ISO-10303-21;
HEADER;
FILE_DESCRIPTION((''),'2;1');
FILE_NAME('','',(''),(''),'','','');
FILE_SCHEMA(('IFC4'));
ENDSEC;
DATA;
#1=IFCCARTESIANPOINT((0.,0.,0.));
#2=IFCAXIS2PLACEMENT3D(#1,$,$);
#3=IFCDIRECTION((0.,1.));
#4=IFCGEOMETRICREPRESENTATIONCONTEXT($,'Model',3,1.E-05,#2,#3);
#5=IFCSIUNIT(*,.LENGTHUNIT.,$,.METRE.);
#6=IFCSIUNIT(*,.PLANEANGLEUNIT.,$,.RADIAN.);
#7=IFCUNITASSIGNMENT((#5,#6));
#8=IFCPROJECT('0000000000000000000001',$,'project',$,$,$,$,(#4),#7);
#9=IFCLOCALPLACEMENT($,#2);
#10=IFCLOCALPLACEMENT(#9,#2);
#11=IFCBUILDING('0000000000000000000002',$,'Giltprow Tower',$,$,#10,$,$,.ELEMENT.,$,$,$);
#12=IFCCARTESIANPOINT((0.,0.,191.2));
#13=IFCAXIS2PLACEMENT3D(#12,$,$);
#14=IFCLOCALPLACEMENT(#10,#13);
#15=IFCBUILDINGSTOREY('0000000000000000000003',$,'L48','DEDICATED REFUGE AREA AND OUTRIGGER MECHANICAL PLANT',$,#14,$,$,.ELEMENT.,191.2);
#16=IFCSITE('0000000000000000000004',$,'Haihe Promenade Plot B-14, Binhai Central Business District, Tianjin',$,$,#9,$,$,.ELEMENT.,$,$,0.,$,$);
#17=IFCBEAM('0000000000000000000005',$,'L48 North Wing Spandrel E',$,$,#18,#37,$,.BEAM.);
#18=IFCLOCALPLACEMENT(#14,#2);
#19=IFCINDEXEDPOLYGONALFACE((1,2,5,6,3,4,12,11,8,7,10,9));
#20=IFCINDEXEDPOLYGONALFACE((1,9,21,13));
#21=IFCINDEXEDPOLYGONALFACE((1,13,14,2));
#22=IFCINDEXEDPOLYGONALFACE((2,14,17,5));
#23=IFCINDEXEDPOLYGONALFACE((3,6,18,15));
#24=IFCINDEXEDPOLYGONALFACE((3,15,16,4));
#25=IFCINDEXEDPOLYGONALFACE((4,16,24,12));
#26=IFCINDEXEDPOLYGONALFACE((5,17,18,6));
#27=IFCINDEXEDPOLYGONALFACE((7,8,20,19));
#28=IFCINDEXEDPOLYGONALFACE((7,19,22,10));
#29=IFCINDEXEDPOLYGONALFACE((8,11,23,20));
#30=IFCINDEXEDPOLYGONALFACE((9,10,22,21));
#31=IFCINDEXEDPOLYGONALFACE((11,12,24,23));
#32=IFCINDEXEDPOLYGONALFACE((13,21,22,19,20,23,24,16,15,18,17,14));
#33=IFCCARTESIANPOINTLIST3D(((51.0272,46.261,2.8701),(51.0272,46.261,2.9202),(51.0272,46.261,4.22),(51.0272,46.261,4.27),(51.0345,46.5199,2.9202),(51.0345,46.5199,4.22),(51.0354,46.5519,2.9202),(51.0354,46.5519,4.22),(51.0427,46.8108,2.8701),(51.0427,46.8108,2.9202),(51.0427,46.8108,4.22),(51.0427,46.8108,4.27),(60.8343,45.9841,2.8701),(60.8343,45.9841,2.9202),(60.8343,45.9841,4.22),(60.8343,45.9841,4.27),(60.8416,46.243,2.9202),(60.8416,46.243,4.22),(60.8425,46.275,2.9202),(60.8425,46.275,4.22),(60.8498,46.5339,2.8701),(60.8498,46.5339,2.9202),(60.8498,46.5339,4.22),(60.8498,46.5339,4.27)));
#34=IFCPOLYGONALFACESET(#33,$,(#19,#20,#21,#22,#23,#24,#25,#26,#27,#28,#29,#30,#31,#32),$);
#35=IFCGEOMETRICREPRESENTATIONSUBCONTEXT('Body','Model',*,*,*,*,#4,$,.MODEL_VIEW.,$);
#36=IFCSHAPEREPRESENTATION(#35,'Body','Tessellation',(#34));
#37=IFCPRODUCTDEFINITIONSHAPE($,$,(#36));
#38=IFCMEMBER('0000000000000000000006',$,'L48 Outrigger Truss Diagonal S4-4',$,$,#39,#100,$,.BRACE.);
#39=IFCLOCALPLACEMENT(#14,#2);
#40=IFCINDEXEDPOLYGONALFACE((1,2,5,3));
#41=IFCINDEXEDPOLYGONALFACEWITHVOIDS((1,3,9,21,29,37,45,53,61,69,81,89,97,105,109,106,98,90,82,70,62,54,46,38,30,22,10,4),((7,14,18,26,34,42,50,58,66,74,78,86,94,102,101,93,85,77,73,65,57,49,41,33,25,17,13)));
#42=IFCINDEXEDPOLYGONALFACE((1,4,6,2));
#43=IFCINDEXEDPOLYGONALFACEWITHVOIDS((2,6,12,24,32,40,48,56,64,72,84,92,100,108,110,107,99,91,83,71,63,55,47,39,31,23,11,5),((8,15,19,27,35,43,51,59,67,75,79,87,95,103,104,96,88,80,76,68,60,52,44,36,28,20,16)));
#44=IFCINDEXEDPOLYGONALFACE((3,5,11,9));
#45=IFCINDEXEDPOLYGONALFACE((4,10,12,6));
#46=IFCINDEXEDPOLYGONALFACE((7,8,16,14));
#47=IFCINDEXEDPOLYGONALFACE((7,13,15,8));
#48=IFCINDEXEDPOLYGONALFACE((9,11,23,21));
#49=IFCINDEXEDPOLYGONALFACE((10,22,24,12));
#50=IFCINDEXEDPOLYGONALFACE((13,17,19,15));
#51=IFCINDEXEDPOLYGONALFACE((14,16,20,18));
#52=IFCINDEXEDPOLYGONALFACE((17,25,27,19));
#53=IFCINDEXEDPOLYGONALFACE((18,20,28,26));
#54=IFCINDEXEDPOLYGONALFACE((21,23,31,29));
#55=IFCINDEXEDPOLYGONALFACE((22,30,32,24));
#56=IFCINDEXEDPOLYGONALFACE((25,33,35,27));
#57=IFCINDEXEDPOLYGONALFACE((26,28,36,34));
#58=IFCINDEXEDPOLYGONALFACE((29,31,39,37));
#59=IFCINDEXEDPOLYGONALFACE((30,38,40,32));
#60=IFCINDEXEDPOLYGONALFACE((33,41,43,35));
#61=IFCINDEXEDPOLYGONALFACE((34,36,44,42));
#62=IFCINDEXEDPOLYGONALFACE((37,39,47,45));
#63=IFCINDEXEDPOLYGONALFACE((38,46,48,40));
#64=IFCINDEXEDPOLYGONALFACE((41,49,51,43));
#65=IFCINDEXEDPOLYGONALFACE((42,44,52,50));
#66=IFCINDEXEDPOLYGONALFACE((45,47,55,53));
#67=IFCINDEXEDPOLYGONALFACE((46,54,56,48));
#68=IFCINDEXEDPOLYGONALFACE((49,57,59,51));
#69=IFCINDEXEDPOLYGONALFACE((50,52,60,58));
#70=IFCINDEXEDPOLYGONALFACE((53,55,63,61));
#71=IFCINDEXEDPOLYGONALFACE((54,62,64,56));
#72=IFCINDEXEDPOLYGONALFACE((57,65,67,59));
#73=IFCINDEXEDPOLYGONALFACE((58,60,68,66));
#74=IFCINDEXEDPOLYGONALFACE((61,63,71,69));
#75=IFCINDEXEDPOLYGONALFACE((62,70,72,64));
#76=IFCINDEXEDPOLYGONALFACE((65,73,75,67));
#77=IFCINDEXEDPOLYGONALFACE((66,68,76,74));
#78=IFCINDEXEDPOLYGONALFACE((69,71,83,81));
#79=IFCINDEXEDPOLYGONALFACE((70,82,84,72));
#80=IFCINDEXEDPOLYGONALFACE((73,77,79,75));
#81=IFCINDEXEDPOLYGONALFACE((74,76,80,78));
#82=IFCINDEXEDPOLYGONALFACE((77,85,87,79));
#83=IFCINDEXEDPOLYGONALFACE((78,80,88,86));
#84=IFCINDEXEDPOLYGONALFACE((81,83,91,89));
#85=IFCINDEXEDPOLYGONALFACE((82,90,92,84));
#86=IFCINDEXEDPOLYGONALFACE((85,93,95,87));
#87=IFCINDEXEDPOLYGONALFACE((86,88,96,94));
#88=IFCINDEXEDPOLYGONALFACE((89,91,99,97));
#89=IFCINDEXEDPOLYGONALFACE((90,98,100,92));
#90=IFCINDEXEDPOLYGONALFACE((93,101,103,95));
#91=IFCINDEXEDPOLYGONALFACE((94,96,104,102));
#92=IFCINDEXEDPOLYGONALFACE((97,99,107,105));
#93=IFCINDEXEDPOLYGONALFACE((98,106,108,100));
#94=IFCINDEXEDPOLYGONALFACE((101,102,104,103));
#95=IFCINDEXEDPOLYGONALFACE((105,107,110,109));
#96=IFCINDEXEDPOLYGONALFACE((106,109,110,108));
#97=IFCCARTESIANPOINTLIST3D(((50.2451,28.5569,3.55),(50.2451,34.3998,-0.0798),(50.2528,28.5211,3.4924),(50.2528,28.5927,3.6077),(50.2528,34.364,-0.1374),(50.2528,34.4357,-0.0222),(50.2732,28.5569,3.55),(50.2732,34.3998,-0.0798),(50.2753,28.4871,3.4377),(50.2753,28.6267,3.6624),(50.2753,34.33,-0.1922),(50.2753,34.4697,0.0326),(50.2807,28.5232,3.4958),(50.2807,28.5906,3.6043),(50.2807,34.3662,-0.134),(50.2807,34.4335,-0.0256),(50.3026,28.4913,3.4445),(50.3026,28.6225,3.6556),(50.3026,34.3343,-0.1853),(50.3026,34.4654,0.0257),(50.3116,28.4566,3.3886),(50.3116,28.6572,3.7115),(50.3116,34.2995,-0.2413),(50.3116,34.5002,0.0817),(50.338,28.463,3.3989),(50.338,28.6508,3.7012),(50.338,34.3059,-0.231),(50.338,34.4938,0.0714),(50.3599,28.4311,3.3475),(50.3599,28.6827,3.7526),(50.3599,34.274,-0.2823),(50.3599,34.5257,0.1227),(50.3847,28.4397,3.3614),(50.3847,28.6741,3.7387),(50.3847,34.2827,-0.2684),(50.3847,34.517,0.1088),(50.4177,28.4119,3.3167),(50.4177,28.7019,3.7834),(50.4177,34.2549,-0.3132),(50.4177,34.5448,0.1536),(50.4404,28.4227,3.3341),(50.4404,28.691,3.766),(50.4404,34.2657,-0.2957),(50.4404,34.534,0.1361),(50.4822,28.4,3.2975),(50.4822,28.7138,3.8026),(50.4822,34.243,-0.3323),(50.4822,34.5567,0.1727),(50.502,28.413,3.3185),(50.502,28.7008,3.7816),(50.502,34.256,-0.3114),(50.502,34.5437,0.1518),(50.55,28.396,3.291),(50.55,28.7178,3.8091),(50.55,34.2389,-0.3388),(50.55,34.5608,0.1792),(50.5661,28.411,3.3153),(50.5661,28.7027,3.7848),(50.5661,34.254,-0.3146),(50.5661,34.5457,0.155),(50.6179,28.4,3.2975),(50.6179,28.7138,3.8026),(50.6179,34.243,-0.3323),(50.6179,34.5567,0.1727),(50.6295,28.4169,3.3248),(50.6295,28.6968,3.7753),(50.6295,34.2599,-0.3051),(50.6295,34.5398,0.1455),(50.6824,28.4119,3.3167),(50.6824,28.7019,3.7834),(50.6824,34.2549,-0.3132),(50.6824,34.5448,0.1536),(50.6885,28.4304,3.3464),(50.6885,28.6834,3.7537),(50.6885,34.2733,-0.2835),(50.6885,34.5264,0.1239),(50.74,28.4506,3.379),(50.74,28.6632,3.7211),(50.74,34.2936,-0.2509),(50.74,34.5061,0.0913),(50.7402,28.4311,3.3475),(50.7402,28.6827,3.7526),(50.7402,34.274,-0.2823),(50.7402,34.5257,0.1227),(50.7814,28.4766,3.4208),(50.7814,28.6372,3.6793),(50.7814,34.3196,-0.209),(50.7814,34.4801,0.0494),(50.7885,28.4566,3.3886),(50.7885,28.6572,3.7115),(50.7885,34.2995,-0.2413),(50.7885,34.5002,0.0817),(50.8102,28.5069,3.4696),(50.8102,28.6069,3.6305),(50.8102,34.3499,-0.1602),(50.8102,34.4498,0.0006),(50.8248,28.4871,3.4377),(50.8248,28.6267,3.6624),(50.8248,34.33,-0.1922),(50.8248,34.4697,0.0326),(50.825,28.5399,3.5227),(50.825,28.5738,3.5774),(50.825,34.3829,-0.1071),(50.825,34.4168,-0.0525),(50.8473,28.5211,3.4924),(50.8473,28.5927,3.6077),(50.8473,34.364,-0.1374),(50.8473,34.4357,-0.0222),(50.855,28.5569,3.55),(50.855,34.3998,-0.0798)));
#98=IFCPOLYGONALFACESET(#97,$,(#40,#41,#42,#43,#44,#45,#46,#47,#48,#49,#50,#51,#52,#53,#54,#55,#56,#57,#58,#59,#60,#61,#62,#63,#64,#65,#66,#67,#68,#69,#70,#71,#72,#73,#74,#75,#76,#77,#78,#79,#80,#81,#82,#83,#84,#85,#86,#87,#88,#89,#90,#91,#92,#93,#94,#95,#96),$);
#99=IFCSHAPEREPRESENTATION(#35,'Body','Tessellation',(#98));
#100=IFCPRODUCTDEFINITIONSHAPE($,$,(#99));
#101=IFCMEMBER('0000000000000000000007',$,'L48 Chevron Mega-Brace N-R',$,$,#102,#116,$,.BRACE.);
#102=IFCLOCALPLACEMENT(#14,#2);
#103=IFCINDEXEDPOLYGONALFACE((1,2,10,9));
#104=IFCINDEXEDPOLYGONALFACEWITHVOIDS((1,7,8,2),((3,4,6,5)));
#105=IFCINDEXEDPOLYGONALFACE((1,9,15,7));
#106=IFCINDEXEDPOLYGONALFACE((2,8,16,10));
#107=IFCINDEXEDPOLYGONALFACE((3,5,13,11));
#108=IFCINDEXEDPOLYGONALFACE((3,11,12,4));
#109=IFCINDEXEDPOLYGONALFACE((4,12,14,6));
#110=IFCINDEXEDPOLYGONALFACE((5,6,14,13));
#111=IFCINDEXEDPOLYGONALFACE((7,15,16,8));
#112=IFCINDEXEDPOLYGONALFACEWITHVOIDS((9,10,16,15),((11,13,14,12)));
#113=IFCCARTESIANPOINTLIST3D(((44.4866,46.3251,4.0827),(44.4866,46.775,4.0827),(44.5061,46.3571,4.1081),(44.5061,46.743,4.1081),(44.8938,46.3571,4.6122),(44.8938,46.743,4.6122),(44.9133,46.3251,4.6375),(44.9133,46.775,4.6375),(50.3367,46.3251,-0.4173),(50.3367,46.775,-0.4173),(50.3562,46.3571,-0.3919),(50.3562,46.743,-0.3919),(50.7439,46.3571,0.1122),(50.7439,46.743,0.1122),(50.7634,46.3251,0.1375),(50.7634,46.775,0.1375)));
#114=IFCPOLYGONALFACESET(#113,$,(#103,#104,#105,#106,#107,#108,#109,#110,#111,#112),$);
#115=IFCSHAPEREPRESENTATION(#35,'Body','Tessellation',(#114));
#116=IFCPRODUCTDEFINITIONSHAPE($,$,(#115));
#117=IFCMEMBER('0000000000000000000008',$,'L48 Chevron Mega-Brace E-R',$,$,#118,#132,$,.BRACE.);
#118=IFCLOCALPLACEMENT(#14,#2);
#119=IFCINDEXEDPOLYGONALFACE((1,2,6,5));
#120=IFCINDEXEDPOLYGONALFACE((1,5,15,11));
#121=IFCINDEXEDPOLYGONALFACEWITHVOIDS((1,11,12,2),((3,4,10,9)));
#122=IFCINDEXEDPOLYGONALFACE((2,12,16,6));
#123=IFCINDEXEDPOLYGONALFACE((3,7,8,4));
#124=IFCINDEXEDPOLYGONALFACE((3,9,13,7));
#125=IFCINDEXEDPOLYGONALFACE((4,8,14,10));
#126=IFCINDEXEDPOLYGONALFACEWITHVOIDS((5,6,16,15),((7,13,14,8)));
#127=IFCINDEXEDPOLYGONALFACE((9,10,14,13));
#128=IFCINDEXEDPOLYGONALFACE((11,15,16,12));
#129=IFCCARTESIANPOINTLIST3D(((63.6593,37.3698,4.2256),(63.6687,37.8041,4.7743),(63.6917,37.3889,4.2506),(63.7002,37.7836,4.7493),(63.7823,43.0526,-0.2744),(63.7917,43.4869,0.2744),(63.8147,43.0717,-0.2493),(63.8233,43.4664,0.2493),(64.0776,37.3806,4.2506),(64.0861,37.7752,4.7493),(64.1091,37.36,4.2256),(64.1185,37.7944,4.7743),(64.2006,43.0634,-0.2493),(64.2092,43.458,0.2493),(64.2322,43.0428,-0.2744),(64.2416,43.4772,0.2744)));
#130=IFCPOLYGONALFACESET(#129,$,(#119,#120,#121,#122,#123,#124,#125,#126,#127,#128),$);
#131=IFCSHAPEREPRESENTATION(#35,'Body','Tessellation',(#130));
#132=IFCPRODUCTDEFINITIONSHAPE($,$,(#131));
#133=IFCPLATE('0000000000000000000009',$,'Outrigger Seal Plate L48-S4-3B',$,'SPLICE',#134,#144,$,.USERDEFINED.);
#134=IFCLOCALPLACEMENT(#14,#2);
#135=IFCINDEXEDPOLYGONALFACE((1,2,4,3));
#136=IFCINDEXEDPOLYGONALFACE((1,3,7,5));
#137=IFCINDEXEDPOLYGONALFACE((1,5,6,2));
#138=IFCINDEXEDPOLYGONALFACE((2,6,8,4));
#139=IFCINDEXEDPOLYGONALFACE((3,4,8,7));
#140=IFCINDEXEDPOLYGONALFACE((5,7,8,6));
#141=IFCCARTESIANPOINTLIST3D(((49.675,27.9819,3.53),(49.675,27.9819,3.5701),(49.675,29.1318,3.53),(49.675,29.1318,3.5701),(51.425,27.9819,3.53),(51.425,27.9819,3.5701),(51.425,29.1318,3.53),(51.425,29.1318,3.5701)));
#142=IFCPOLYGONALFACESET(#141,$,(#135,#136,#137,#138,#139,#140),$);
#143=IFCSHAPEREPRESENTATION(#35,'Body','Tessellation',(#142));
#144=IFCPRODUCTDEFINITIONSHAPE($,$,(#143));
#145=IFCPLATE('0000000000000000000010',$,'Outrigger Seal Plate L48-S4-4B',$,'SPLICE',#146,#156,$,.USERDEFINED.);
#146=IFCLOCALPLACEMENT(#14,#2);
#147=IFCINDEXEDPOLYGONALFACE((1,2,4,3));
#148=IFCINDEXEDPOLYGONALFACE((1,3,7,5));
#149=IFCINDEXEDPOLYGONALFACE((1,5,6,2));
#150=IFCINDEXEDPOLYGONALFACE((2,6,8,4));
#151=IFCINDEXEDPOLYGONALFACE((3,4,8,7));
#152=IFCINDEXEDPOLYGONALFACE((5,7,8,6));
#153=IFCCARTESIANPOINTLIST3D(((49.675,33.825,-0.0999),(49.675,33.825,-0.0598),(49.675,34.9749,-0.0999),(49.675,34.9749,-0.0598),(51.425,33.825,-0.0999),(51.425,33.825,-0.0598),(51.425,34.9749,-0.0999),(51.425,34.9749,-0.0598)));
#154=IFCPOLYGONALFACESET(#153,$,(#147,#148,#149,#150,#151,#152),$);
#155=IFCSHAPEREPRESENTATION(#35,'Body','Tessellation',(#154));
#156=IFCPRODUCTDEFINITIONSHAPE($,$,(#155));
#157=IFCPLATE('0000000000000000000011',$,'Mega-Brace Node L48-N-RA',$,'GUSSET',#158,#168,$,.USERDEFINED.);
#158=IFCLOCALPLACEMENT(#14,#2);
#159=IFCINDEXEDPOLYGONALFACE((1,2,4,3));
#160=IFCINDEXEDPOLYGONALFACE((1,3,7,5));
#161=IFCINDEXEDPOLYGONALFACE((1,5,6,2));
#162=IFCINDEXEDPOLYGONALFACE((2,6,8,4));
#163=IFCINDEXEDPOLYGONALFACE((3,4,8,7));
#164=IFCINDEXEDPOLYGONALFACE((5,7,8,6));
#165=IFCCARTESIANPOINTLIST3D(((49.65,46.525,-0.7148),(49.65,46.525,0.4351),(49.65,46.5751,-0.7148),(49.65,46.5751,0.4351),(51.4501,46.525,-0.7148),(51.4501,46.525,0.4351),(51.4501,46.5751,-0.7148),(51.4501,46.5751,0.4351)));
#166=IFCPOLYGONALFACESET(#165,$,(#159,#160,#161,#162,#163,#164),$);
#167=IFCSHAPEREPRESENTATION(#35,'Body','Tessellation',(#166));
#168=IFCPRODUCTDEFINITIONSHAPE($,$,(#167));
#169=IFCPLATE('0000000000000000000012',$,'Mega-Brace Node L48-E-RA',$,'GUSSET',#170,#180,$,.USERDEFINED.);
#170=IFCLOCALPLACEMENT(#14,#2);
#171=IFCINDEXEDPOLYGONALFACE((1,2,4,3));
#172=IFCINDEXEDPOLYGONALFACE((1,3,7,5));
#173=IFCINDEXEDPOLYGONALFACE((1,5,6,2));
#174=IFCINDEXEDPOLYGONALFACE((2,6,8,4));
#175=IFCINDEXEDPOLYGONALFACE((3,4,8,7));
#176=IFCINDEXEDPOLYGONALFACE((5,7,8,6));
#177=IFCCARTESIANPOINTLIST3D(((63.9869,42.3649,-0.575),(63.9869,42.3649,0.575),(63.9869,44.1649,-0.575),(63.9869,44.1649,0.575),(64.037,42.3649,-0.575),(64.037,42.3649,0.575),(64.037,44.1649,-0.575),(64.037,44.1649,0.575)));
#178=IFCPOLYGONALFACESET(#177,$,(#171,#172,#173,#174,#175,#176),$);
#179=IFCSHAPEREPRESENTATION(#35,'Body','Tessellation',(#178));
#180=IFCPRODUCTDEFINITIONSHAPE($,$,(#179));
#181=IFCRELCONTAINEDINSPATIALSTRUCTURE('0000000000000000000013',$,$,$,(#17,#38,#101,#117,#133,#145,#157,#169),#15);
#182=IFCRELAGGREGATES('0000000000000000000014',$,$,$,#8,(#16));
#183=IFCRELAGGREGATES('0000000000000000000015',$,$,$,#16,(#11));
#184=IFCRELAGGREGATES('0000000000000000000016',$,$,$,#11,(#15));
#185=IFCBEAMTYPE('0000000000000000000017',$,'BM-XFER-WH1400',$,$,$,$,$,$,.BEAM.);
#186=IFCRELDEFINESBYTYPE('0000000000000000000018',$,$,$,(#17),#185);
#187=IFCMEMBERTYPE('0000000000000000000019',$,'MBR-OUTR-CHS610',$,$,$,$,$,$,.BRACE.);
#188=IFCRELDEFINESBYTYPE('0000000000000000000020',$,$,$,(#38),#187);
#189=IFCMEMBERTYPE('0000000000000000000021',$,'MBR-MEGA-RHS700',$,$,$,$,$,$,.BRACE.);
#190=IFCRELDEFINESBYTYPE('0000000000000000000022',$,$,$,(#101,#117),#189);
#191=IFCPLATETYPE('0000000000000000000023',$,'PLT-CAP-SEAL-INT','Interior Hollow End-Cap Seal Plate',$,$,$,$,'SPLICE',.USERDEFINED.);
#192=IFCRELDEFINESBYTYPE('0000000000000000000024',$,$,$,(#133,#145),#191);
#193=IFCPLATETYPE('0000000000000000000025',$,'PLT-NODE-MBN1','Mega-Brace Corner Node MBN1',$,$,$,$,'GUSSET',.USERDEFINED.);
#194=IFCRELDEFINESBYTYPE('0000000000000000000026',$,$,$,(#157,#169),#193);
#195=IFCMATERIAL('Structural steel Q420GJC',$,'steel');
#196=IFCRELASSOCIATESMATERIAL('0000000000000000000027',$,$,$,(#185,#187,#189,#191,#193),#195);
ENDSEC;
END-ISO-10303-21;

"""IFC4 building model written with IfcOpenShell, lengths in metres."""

from ifc_helpers import new_model, si_unit, direction, frame, origin, origin_2d, place, context, subcontext, project, spatial, rectangle, hollow_rectangle, hollow_circle, i_section, extrude, source, transform, mapped, material, material_profile, profile_set, type_object, element, save


model = new_model("IFC4")

# Units and contexts
model_context = context("Model", 3, precision=1e-05, world=origin(), true_north=direction((0.0, 1.0)))
body_context = subcontext(model_context, "Body", "Model", "MODEL_VIEW")
ifc_project = project(units=[si_unit("LENGTHUNIT", "METRE"), si_unit("PLANEANGLEUNIT", "RADIAN")], contexts=[model_context])

# Site, building, storey
site_placement = place(None, origin())
site = spatial("IfcSite", under=ifc_project, at=site_placement, Name="Haihe Promenade Plot B-14, Binhai Central Business District, Tianjin", CompositionType="ELEMENT", RefElevation=0.0)
building_placement = place(site_placement, origin())
building = spatial("IfcBuilding", under=site, at=building_placement, Name="Giltprow Tower", CompositionType="ELEMENT")
storey_placement = place(building_placement, frame((0.0, 0.0, 191.2)))
storey = spatial("IfcBuildingStorey", under=building, at=storey_placement, Name="L48", Description="DEDICATED REFUGE AREA AND OUTRIGGER MECHANICAL PLANT", CompositionType="ELEMENT", Elevation=191.2)

# Shared definitions
ifc_material_1 = material(Name="Structural steel Q420GJC", Category="steel")

# Beam
ifc_material_profile_1 = material_profile(ifc_material_1, i_section(OverallWidth=0.55, OverallDepth=1.3999, WebThickness=0.032, FlangeThickness=0.05, at=origin_2d()), Name="WH 1400x550x32x50")
ifc_profile_set_1 = profile_set([ifc_material_profile_1], Name="Structural steel Q420GJC")
beam_type_1 = type_object("IfcBeamType", Name="BM-XFER-WH1400", PredefinedType="BEAM", material=ifc_profile_set_1)
shared_shape_1 = source(origin(), body_context, "Body", "SweptSolid", [
    extrude(i_section(OverallWidth=0.55, OverallDepth=1.3999, WebThickness=0.032, FlangeThickness=0.05, at=origin_2d()), origin(), (0.0, 0.0, 1.0), 9.811),
])
beam_1_placement = place(storey_placement, frame((51.0349, 46.5359, 3.5701), z_axis=(0.999602, -0.028219, 0.0), x_axis=(0.028219, 0.999602, 0.0)))
element("IfcBeam", 1, at=beam_1_placement, inside=storey, type_object=beam_type_1, Name="L48 North Wing Spandrel E", PredefinedType="BEAM", context=body_context, shape_type="MappedRepresentation", body=[
    mapped(shared_shape_1, transform((0.0, 0.0, 0.0), x_axis=(1.0, 0.0, 0.0), y_axis=(0.0, 1.0, 0.0), z_axis=(0.0, 0.0, 1.0), scale=1.0)),
])

# Members
ifc_material_profile_2 = material_profile(ifc_material_1, hollow_circle(Radius=0.3049, WallThickness=0.0281, at=origin_2d()), Name="CHS 610x28")
ifc_profile_set_2 = profile_set([ifc_material_profile_2], Name="Structural steel Q420GJC")
member_type_1 = type_object("IfcMemberType", Name="MBR-OUTR-CHS610", PredefinedType="BRACE", material=ifc_profile_set_2)
shared_shape_2 = source(origin(), body_context, "Body", "SweptSolid", [
    extrude(hollow_circle(Radius=0.3049, WallThickness=0.0281, at=origin_2d()), origin(), (0.0, 0.0, 1.0), 6.8787),
])
member_1_placement = place(storey_placement, frame((50.55, 28.5569, 3.55), z_axis=(0.0, 0.849433, -0.527697), x_axis=(-1.0, 0.0, 0.0)))
element("IfcMember", 2, at=member_1_placement, inside=storey, type_object=member_type_1, Name="L48 Outrigger Truss Diagonal S4-4", PredefinedType="BRACE", context=body_context, shape_type="MappedRepresentation", body=[
    mapped(shared_shape_2, transform((0.0, 0.0, 0.0), x_axis=(1.0, 0.0, 0.0), y_axis=(0.0, 1.0, 0.0), z_axis=(0.0, 0.0, 1.0), scale=1.0)),
])
ifc_material_profile_3 = material_profile(ifc_material_1, hollow_rectangle(XDim=0.45, YDim=0.7, WallThickness=0.032, at=origin_2d()), Name="RHS 700x450x32")
ifc_profile_set_3 = profile_set([ifc_material_profile_3], Name="Structural steel Q420GJC")
member_type_2 = type_object("IfcMemberType", Name="MBR-MEGA-RHS700", PredefinedType="BRACE", material=ifc_profile_set_3)
shared_shape_3 = source(origin(), body_context, "Body", "SweptSolid", [
    extrude(hollow_rectangle(XDim=0.45, YDim=0.7, WallThickness=0.032, at=origin_2d()), origin(), (0.0, 0.0, 1.0), 7.3806),
])
member_2_placement = place(storey_placement, frame((50.55, 46.55, -0.1399), z_axis=(-0.792629, 0.0, 0.609704), x_axis=(0.0, -1.0, 0.0)))
element("IfcMember", 3, at=member_2_placement, inside=storey, type_object=member_type_2, Name="L48 Chevron Mega-Brace N-R", PredefinedType="BRACE", context=body_context, shape_type="MappedRepresentation", body=[
    mapped(shared_shape_3, transform((0.0, 0.0, 0.0), x_axis=(1.0, 0.0, 0.0), y_axis=(0.0, 1.0, 0.0), z_axis=(0.0, 0.0, 1.0), scale=1.0)),
])
shared_shape_4 = source(origin(), body_context, "Body", "SweptSolid", [
    extrude(hollow_rectangle(XDim=0.45, YDim=0.7, WallThickness=0.032, at=origin_2d()), origin(), (0.0, 0.0, 1.0), 7.2498),
])
member_3_placement = place(storey_placement, frame((64.012, 43.2649, 0.0), z_axis=(-0.016972, -0.783861, 0.620704), x_axis=(0.999766, -0.021647, 0.0)))
element("IfcMember", 4, at=member_3_placement, inside=storey, type_object=member_type_2, Name="L48 Chevron Mega-Brace E-R", PredefinedType="BRACE", context=body_context, shape_type="MappedRepresentation", body=[
    mapped(shared_shape_4, transform((0.0, 0.0, 0.0), x_axis=(1.0, 0.0, 0.0), y_axis=(0.0, 1.0, 0.0), z_axis=(0.0, 0.0, 1.0), scale=1.0)),
])

# Plates
plate_type_1 = type_object("IfcPlateType", Name="PLT-CAP-SEAL-INT", Description="Interior Hollow End-Cap Seal Plate", ElementType="SPLICE", PredefinedType="USERDEFINED", material=ifc_material_1)
shared_shape_5 = source(origin(), body_context, "Body", "SweptSolid", [
    extrude(rectangle(XDim=1.75, YDim=1.1499, at=origin_2d()), origin(), (0.0, 0.0, 1.0), 0.04),
])
for number, where, z_axis, x_axis, name in (
    (5, (50.55, 28.5569, 3.53), (0.0, 0.0, 1.0), (1.0, 0.0, 0.0), "Outrigger Seal Plate L48-S4-3B"),
    (6, (50.55, 34.3999, -0.0999), (0.0, 0.0, 1.0), (1.0, 0.0, 0.0), "Outrigger Seal Plate L48-S4-4B"),
):
    element("IfcPlate", number, at=place(storey_placement, frame(where, z_axis=z_axis, x_axis=x_axis)), inside=storey, type_object=plate_type_1, Name=name, ObjectType="SPLICE", PredefinedType="USERDEFINED", context=body_context, shape_type="MappedRepresentation", body=[
        mapped(shared_shape_5, transform((0.0, 0.0, 0.0), x_axis=(1.0, 0.0, 0.0), y_axis=(0.0, 1.0, 0.0), z_axis=(0.0, 0.0, 1.0), scale=1.0)),
    ])
plate_type_2 = type_object("IfcPlateType", Name="PLT-NODE-MBN1", Description="Mega-Brace Corner Node MBN1", ElementType="GUSSET", PredefinedType="USERDEFINED", material=ifc_material_1)
shared_shape_6 = source(origin(), body_context, "Body", "SweptSolid", [
    extrude(rectangle(XDim=1.8, YDim=0.05, at=origin_2d()), origin(), (0.0, 0.0, 1.0), 1.1499),
])
for number, where, z_axis, x_axis, name in (
    (7, (50.55, 46.55, -0.7148), (0.0, 0.0, 1.0), (1.0, 0.0, 0.0), "Mega-Brace Node L48-N-RA"),
    (8, (64.012, 43.2649, -0.575), (0.0, 0.0, 1.0), (0.0, 1.0, 0.0), "Mega-Brace Node L48-E-RA"),
):
    element("IfcPlate", number, at=place(storey_placement, frame(where, z_axis=z_axis, x_axis=x_axis)), inside=storey, type_object=plate_type_2, Name=name, ObjectType="GUSSET", PredefinedType="USERDEFINED", context=body_context, shape_type="MappedRepresentation", body=[
        mapped(shared_shape_6, transform((0.0, 0.0, 0.0), x_axis=(1.0, 0.0, 0.0), y_axis=(0.0, 1.0, 0.0), z_axis=(0.0, 0.0, 1.0), scale=1.0)),
    ])

save(model, "model.ifc")
